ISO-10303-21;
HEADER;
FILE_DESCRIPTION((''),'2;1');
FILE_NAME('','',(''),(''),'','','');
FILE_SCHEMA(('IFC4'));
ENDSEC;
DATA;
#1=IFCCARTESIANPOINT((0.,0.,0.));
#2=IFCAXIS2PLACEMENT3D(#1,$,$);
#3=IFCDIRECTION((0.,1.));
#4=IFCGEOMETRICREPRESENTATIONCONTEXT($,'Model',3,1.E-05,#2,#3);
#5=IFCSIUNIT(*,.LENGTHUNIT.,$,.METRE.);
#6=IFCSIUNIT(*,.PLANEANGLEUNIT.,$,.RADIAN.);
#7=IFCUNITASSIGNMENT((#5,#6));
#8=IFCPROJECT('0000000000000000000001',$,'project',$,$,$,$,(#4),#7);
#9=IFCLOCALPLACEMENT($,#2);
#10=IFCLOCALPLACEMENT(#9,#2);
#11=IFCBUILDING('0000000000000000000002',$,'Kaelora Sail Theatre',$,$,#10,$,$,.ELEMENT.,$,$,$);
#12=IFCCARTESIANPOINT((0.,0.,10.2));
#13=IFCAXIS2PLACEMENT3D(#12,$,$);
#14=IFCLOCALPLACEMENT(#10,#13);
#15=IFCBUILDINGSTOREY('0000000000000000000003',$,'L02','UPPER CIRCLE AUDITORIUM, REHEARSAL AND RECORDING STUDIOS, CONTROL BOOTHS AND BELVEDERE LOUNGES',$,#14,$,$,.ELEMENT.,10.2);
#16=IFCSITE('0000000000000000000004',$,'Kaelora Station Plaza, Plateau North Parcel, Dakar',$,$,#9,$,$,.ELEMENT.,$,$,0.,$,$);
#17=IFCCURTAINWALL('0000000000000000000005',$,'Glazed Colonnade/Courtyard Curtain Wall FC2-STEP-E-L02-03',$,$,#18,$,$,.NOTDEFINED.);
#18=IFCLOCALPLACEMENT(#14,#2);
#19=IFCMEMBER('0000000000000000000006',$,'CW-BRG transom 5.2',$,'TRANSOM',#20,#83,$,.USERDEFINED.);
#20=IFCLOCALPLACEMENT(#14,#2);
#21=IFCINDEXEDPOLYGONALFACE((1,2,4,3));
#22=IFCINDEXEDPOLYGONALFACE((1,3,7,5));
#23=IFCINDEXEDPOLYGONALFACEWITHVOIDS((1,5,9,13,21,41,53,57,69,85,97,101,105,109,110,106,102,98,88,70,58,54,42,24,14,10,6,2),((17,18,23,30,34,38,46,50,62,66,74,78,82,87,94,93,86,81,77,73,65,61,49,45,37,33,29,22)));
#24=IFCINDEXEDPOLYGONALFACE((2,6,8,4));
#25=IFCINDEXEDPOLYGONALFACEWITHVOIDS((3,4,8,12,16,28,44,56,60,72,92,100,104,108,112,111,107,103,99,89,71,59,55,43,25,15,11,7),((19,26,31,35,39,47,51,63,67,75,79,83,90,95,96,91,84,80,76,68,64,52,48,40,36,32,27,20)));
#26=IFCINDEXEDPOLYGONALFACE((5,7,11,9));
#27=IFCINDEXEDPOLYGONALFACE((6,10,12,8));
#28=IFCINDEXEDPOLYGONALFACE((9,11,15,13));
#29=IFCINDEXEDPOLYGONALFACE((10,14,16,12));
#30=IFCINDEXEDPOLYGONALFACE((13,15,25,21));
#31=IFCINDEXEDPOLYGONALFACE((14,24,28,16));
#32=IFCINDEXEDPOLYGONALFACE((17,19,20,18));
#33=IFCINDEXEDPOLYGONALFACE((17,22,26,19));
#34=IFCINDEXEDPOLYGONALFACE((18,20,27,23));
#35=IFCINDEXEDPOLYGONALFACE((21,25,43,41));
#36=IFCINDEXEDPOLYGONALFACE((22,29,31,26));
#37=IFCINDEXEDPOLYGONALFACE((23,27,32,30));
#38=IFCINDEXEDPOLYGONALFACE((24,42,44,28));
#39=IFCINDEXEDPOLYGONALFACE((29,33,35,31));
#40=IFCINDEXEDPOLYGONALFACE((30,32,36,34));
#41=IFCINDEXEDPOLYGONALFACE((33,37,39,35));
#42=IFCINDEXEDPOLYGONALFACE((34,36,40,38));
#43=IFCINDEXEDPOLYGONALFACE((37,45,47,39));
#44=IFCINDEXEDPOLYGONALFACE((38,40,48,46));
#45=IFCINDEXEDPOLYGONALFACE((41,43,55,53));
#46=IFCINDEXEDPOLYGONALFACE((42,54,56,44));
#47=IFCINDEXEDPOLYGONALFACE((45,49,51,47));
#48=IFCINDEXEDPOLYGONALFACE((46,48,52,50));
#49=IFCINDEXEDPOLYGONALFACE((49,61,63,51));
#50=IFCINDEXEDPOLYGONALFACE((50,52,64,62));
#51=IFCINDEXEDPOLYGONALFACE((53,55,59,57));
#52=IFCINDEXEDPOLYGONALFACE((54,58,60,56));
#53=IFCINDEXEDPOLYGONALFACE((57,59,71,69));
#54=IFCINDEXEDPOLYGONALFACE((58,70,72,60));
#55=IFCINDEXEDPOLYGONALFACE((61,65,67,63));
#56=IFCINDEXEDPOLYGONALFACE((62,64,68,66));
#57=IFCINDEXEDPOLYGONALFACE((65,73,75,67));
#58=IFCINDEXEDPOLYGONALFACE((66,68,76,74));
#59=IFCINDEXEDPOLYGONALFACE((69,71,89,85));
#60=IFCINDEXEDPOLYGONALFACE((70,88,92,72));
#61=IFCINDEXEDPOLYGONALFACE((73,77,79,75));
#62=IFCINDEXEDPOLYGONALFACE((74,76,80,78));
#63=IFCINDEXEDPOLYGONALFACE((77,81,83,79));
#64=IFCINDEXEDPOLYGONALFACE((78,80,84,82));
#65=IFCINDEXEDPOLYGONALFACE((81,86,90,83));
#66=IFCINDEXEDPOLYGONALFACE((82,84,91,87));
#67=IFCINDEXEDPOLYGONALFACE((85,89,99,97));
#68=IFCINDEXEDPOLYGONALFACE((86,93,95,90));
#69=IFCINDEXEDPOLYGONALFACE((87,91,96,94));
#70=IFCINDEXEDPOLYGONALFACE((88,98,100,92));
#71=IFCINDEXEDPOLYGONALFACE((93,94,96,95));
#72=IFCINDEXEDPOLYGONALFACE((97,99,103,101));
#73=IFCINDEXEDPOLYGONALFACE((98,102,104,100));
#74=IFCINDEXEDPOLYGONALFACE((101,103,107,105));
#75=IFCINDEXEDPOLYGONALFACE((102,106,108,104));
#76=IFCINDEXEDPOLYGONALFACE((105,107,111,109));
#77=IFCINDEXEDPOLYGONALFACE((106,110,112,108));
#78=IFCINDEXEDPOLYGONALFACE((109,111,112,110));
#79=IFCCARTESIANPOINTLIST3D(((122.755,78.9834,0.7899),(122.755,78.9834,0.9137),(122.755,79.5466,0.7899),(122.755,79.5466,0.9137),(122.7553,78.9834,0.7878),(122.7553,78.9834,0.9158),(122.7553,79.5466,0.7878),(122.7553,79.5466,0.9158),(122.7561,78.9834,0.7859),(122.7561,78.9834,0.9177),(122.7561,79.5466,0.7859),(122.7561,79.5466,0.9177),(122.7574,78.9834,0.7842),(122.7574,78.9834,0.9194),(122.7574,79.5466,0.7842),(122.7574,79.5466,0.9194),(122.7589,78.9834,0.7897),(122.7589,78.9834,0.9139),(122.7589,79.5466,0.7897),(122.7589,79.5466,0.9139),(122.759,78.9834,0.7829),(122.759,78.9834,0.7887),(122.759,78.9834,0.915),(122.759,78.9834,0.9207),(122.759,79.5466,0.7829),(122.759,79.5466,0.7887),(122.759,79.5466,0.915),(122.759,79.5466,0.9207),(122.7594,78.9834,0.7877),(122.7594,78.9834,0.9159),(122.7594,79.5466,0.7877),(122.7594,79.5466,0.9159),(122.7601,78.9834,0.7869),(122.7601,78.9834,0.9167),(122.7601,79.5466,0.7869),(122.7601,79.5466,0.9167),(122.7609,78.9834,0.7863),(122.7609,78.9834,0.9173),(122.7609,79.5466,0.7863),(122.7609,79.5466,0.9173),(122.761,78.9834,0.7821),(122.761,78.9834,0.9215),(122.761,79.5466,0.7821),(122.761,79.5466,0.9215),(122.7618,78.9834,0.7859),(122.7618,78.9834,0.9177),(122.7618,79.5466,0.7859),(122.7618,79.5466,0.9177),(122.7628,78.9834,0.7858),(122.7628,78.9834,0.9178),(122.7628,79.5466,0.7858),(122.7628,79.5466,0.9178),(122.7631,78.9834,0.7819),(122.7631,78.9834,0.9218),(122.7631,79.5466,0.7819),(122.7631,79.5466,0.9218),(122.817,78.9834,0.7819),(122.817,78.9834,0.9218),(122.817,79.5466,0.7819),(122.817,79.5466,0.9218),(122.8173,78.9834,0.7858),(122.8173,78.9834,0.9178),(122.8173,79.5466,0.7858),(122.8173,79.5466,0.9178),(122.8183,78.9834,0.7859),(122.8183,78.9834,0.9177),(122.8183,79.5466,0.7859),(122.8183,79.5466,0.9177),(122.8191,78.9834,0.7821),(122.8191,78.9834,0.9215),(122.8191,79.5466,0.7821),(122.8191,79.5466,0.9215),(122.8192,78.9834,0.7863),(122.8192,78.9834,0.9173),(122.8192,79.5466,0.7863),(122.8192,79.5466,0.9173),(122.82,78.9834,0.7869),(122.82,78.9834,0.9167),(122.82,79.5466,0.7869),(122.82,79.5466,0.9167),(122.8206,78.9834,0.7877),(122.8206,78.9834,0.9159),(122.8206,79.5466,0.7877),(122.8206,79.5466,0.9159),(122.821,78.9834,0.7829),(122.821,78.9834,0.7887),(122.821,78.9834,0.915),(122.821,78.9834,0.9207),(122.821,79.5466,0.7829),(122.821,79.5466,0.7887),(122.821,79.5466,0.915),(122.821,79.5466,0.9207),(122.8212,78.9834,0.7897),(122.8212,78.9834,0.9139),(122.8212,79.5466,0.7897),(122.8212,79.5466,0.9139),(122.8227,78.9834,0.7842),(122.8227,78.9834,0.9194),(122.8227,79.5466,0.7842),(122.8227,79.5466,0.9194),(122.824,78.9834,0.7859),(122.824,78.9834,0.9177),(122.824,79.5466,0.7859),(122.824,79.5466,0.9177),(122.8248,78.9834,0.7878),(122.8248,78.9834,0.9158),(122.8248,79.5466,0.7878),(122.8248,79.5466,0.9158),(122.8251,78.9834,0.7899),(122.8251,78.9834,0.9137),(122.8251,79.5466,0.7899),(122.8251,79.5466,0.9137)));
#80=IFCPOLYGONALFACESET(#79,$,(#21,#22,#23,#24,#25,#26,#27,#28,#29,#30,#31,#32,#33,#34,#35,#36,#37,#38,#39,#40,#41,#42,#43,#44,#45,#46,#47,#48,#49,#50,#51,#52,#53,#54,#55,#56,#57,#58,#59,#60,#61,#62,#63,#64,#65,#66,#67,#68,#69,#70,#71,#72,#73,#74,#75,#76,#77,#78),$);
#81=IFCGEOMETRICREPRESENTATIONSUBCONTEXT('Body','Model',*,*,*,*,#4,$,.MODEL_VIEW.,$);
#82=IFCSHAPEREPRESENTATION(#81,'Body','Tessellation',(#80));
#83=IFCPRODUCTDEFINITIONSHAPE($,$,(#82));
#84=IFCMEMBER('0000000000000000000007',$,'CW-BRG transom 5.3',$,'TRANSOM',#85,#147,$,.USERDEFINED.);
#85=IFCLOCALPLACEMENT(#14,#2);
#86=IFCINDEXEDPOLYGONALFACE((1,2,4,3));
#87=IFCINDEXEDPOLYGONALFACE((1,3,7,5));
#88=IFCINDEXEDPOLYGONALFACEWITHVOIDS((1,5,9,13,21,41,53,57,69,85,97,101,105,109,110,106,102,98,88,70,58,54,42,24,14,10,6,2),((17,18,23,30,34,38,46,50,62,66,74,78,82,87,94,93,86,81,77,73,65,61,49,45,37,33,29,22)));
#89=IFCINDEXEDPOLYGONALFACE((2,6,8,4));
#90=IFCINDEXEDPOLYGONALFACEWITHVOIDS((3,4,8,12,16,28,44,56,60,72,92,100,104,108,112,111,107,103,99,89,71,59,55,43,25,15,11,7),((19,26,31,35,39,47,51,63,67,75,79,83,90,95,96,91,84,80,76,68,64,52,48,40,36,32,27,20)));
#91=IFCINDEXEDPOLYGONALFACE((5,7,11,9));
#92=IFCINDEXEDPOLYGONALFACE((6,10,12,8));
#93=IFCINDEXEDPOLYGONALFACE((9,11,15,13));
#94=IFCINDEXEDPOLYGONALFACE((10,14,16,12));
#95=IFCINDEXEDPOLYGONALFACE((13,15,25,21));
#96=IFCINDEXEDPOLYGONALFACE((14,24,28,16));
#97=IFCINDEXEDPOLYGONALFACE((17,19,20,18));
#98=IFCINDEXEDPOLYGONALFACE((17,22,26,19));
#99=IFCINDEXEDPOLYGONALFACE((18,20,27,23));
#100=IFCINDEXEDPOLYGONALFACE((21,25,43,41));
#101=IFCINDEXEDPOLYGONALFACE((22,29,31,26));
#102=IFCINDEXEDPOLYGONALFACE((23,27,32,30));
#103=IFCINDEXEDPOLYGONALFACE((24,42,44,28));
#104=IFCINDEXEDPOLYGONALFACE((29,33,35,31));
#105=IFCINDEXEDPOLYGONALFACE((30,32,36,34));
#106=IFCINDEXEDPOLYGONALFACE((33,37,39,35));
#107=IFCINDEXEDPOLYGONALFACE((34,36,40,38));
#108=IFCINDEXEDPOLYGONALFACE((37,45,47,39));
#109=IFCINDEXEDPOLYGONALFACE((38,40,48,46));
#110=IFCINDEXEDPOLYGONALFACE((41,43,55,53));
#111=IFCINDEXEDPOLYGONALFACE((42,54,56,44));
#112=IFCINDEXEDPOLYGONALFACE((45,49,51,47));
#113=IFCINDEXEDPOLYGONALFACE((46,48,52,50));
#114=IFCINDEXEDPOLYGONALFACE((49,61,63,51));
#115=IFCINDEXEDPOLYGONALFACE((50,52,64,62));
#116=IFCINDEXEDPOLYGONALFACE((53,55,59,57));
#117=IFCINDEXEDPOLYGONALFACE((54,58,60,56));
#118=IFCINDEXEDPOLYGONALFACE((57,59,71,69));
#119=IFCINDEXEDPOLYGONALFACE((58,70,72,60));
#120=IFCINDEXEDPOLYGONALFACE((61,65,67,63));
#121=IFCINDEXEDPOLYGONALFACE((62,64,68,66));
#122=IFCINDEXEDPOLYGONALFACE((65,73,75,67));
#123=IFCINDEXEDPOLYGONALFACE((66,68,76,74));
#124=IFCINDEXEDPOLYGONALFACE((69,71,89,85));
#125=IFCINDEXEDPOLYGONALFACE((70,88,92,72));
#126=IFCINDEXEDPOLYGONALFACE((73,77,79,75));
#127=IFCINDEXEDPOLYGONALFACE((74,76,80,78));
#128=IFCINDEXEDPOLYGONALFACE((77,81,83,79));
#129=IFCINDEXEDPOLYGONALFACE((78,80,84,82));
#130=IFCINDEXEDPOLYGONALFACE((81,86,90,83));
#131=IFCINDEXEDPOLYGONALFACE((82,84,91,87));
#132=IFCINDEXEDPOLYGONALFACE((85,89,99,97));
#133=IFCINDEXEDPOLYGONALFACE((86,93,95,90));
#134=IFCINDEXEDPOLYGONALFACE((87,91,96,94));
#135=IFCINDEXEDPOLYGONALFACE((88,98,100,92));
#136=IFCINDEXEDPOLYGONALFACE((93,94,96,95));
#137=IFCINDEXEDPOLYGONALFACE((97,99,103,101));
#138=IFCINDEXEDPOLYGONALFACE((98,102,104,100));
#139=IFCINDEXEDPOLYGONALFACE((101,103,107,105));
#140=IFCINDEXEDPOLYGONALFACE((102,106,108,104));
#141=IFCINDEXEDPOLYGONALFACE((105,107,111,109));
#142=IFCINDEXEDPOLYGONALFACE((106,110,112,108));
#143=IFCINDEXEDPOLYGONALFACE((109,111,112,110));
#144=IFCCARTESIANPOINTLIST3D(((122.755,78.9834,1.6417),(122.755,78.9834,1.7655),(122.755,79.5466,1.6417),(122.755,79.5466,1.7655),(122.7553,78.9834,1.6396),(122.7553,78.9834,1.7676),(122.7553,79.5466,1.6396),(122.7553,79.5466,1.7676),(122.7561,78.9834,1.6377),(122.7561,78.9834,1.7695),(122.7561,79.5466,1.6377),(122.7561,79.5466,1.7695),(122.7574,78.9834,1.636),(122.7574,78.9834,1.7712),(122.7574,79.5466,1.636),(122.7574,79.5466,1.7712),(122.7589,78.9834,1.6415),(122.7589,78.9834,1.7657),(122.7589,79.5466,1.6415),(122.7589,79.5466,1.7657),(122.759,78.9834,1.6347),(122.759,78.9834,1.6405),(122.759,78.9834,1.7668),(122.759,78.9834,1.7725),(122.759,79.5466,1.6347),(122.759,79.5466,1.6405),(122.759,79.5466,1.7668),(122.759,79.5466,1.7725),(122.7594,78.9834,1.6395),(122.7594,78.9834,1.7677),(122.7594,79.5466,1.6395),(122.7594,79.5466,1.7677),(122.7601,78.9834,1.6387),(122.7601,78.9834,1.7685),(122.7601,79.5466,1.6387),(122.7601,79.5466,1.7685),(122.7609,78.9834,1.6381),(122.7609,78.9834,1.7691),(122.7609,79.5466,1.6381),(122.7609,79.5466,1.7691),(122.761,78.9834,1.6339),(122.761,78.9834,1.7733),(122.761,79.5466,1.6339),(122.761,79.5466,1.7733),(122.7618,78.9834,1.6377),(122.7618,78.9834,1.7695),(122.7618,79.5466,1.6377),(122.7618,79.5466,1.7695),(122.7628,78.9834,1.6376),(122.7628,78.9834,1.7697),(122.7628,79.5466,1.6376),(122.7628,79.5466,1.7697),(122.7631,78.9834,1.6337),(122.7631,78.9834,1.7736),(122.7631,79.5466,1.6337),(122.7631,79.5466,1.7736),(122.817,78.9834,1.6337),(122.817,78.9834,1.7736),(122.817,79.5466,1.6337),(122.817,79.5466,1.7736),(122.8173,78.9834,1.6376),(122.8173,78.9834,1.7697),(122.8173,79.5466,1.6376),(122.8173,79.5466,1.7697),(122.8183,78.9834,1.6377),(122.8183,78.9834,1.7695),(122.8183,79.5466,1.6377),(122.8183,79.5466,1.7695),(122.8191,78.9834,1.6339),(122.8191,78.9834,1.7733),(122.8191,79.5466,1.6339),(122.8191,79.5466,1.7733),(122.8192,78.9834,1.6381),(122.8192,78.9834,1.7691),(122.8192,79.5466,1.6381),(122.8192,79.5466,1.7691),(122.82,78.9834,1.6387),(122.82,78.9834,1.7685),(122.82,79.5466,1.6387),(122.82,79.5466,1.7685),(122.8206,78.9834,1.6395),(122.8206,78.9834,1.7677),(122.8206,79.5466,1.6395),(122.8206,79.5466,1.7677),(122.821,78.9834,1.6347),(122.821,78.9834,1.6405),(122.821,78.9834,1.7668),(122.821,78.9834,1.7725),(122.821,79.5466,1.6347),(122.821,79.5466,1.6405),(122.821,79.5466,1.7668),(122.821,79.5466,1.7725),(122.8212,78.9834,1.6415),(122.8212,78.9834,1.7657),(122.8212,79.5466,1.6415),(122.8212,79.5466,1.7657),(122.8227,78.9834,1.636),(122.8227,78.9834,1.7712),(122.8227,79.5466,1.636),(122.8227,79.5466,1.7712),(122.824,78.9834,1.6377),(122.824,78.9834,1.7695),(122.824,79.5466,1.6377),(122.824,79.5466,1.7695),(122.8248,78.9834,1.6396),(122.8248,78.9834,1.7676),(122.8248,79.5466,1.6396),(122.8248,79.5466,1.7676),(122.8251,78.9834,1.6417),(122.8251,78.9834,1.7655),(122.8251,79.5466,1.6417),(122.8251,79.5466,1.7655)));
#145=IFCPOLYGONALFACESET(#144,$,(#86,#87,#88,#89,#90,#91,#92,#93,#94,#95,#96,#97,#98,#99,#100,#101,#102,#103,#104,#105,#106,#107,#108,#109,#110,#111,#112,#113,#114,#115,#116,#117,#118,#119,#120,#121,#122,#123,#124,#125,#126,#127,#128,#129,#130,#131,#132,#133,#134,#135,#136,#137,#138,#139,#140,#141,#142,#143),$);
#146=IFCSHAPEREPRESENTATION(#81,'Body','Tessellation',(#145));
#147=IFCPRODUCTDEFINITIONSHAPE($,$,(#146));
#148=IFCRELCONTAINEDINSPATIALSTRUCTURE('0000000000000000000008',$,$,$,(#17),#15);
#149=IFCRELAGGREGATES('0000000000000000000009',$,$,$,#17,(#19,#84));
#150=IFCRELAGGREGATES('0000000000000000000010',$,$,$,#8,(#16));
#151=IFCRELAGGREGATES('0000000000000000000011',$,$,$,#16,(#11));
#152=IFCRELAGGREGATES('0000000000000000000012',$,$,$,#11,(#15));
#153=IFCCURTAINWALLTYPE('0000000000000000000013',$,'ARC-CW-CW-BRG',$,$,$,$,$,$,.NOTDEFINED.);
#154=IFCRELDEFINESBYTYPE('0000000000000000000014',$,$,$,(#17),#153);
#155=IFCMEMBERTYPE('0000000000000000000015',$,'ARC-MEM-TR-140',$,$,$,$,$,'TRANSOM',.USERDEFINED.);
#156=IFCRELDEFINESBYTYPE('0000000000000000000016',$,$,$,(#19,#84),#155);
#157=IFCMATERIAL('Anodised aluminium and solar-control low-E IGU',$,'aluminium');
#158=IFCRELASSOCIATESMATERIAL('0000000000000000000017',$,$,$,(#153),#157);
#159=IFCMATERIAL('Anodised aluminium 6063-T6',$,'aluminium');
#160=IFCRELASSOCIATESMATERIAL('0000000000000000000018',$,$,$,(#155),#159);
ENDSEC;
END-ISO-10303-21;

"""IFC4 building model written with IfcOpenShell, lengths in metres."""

from ifc_helpers import new_model, si_unit, direction, frame, origin, origin_2d, place, context, subcontext, project, spatial, hollow_rectangle, extrude, material, material_profile, profile_set, type_object, element, aggregate, save


model = new_model("IFC4")

# Units and contexts
model_context = context("Model", 3, precision=1e-05, world=origin(), true_north=direction((0.0, 1.0)))
body_context = subcontext(model_context, "Body", "Model", "MODEL_VIEW")
ifc_project = project(units=[si_unit("LENGTHUNIT", "METRE"), si_unit("PLANEANGLEUNIT", "RADIAN")], contexts=[model_context])

# Site, building, storey
site_placement = place(None, origin())
site = spatial("IfcSite", under=ifc_project, at=site_placement, Name="Kaelora Station Plaza, Plateau North Parcel, Dakar", CompositionType="ELEMENT", RefElevation=0.0)
building_placement = place(site_placement, origin())
building = spatial("IfcBuilding", under=site, at=building_placement, Name="Kaelora Sail Theatre", CompositionType="ELEMENT")
storey_placement = place(building_placement, frame((0.0, 0.0, 10.2)))
storey = spatial("IfcBuildingStorey", under=building, at=storey_placement, Name="L02", Description="UPPER CIRCLE AUDITORIUM, REHEARSAL AND RECORDING STUDIOS, CONTROL BOOTHS AND BELVEDERE LOUNGES", CompositionType="ELEMENT", Elevation=10.2)

# Curtain wall
ifc_material_1 = material(Name="Anodised aluminium and solar-control low-E IGU", Category="aluminium")
curtain_wall_type = type_object("IfcCurtainWallType", Name="ARC-CW-CW-BRG", PredefinedType="NOTDEFINED", material=ifc_material_1)
curtain_wall_1_placement = place(storey_placement, origin())
curtain_wall_1 = element("IfcCurtainWall", 1, at=curtain_wall_1_placement, inside=storey, type_object=curtain_wall_type, Name="Glazed Colonnade/Courtyard Curtain Wall FC2-STEP-E-L02-03", PredefinedType="NOTDEFINED")

# Members
ifc_material_2 = material(Name="Anodised aluminium 6063-T6", Category="aluminium")
ifc_material_profile_1 = material_profile(ifc_material_2, hollow_rectangle(XDim=0.0701, YDim=0.1399, WallThickness=0.0039, InnerFilletRadius=0.0039, OuterFilletRadius=0.0081, at=origin_2d()), Name="ALU-TRAN 70x140x4")
ifc_profile_set_1 = profile_set([ifc_material_profile_1], Name="Anodised aluminium 6063-T6")
member_type_1 = type_object("IfcMemberType", Name="ARC-MEM-TR-140", ElementType="TRANSOM", PredefinedType="USERDEFINED", material=ifc_profile_set_1)
member_1_placement = place(storey_placement, frame((122.79, 78.9834, 0.8518), z_axis=(0.0, 1.0, 0.0), x_axis=(-1.0, 0.0, 0.0)))
member_1 = element("IfcMember", 2, at=member_1_placement, type_object=member_type_1, Name="CW-BRG transom 5.2", ObjectType="TRANSOM", PredefinedType="USERDEFINED", context=body_context, shape_type="SweptSolid", body=[
    extrude(hollow_rectangle(XDim=0.0701, YDim=0.1399, WallThickness=0.0039, InnerFilletRadius=0.0039, OuterFilletRadius=0.0081, at=origin_2d()), origin(), (0.0, 0.0, 1.0), 0.5632),
])
member_2_placement = place(storey_placement, frame((122.79, 78.9834, 1.7036), z_axis=(0.0, 1.0, 0.0), x_axis=(-1.0, 0.0, 0.0)))
member_2 = element("IfcMember", 3, at=member_2_placement, type_object=member_type_1, Name="CW-BRG transom 5.3", ObjectType="TRANSOM", PredefinedType="USERDEFINED", context=body_context, shape_type="SweptSolid", body=[
    extrude(hollow_rectangle(XDim=0.0701, YDim=0.1399, WallThickness=0.0039, InnerFilletRadius=0.0039, OuterFilletRadius=0.0081, at=origin_2d()), origin(), (0.0, 0.0, 1.0), 0.5632),
])

aggregate(curtain_wall_1, [member_1, member_2])

save(model, "model.ifc")
